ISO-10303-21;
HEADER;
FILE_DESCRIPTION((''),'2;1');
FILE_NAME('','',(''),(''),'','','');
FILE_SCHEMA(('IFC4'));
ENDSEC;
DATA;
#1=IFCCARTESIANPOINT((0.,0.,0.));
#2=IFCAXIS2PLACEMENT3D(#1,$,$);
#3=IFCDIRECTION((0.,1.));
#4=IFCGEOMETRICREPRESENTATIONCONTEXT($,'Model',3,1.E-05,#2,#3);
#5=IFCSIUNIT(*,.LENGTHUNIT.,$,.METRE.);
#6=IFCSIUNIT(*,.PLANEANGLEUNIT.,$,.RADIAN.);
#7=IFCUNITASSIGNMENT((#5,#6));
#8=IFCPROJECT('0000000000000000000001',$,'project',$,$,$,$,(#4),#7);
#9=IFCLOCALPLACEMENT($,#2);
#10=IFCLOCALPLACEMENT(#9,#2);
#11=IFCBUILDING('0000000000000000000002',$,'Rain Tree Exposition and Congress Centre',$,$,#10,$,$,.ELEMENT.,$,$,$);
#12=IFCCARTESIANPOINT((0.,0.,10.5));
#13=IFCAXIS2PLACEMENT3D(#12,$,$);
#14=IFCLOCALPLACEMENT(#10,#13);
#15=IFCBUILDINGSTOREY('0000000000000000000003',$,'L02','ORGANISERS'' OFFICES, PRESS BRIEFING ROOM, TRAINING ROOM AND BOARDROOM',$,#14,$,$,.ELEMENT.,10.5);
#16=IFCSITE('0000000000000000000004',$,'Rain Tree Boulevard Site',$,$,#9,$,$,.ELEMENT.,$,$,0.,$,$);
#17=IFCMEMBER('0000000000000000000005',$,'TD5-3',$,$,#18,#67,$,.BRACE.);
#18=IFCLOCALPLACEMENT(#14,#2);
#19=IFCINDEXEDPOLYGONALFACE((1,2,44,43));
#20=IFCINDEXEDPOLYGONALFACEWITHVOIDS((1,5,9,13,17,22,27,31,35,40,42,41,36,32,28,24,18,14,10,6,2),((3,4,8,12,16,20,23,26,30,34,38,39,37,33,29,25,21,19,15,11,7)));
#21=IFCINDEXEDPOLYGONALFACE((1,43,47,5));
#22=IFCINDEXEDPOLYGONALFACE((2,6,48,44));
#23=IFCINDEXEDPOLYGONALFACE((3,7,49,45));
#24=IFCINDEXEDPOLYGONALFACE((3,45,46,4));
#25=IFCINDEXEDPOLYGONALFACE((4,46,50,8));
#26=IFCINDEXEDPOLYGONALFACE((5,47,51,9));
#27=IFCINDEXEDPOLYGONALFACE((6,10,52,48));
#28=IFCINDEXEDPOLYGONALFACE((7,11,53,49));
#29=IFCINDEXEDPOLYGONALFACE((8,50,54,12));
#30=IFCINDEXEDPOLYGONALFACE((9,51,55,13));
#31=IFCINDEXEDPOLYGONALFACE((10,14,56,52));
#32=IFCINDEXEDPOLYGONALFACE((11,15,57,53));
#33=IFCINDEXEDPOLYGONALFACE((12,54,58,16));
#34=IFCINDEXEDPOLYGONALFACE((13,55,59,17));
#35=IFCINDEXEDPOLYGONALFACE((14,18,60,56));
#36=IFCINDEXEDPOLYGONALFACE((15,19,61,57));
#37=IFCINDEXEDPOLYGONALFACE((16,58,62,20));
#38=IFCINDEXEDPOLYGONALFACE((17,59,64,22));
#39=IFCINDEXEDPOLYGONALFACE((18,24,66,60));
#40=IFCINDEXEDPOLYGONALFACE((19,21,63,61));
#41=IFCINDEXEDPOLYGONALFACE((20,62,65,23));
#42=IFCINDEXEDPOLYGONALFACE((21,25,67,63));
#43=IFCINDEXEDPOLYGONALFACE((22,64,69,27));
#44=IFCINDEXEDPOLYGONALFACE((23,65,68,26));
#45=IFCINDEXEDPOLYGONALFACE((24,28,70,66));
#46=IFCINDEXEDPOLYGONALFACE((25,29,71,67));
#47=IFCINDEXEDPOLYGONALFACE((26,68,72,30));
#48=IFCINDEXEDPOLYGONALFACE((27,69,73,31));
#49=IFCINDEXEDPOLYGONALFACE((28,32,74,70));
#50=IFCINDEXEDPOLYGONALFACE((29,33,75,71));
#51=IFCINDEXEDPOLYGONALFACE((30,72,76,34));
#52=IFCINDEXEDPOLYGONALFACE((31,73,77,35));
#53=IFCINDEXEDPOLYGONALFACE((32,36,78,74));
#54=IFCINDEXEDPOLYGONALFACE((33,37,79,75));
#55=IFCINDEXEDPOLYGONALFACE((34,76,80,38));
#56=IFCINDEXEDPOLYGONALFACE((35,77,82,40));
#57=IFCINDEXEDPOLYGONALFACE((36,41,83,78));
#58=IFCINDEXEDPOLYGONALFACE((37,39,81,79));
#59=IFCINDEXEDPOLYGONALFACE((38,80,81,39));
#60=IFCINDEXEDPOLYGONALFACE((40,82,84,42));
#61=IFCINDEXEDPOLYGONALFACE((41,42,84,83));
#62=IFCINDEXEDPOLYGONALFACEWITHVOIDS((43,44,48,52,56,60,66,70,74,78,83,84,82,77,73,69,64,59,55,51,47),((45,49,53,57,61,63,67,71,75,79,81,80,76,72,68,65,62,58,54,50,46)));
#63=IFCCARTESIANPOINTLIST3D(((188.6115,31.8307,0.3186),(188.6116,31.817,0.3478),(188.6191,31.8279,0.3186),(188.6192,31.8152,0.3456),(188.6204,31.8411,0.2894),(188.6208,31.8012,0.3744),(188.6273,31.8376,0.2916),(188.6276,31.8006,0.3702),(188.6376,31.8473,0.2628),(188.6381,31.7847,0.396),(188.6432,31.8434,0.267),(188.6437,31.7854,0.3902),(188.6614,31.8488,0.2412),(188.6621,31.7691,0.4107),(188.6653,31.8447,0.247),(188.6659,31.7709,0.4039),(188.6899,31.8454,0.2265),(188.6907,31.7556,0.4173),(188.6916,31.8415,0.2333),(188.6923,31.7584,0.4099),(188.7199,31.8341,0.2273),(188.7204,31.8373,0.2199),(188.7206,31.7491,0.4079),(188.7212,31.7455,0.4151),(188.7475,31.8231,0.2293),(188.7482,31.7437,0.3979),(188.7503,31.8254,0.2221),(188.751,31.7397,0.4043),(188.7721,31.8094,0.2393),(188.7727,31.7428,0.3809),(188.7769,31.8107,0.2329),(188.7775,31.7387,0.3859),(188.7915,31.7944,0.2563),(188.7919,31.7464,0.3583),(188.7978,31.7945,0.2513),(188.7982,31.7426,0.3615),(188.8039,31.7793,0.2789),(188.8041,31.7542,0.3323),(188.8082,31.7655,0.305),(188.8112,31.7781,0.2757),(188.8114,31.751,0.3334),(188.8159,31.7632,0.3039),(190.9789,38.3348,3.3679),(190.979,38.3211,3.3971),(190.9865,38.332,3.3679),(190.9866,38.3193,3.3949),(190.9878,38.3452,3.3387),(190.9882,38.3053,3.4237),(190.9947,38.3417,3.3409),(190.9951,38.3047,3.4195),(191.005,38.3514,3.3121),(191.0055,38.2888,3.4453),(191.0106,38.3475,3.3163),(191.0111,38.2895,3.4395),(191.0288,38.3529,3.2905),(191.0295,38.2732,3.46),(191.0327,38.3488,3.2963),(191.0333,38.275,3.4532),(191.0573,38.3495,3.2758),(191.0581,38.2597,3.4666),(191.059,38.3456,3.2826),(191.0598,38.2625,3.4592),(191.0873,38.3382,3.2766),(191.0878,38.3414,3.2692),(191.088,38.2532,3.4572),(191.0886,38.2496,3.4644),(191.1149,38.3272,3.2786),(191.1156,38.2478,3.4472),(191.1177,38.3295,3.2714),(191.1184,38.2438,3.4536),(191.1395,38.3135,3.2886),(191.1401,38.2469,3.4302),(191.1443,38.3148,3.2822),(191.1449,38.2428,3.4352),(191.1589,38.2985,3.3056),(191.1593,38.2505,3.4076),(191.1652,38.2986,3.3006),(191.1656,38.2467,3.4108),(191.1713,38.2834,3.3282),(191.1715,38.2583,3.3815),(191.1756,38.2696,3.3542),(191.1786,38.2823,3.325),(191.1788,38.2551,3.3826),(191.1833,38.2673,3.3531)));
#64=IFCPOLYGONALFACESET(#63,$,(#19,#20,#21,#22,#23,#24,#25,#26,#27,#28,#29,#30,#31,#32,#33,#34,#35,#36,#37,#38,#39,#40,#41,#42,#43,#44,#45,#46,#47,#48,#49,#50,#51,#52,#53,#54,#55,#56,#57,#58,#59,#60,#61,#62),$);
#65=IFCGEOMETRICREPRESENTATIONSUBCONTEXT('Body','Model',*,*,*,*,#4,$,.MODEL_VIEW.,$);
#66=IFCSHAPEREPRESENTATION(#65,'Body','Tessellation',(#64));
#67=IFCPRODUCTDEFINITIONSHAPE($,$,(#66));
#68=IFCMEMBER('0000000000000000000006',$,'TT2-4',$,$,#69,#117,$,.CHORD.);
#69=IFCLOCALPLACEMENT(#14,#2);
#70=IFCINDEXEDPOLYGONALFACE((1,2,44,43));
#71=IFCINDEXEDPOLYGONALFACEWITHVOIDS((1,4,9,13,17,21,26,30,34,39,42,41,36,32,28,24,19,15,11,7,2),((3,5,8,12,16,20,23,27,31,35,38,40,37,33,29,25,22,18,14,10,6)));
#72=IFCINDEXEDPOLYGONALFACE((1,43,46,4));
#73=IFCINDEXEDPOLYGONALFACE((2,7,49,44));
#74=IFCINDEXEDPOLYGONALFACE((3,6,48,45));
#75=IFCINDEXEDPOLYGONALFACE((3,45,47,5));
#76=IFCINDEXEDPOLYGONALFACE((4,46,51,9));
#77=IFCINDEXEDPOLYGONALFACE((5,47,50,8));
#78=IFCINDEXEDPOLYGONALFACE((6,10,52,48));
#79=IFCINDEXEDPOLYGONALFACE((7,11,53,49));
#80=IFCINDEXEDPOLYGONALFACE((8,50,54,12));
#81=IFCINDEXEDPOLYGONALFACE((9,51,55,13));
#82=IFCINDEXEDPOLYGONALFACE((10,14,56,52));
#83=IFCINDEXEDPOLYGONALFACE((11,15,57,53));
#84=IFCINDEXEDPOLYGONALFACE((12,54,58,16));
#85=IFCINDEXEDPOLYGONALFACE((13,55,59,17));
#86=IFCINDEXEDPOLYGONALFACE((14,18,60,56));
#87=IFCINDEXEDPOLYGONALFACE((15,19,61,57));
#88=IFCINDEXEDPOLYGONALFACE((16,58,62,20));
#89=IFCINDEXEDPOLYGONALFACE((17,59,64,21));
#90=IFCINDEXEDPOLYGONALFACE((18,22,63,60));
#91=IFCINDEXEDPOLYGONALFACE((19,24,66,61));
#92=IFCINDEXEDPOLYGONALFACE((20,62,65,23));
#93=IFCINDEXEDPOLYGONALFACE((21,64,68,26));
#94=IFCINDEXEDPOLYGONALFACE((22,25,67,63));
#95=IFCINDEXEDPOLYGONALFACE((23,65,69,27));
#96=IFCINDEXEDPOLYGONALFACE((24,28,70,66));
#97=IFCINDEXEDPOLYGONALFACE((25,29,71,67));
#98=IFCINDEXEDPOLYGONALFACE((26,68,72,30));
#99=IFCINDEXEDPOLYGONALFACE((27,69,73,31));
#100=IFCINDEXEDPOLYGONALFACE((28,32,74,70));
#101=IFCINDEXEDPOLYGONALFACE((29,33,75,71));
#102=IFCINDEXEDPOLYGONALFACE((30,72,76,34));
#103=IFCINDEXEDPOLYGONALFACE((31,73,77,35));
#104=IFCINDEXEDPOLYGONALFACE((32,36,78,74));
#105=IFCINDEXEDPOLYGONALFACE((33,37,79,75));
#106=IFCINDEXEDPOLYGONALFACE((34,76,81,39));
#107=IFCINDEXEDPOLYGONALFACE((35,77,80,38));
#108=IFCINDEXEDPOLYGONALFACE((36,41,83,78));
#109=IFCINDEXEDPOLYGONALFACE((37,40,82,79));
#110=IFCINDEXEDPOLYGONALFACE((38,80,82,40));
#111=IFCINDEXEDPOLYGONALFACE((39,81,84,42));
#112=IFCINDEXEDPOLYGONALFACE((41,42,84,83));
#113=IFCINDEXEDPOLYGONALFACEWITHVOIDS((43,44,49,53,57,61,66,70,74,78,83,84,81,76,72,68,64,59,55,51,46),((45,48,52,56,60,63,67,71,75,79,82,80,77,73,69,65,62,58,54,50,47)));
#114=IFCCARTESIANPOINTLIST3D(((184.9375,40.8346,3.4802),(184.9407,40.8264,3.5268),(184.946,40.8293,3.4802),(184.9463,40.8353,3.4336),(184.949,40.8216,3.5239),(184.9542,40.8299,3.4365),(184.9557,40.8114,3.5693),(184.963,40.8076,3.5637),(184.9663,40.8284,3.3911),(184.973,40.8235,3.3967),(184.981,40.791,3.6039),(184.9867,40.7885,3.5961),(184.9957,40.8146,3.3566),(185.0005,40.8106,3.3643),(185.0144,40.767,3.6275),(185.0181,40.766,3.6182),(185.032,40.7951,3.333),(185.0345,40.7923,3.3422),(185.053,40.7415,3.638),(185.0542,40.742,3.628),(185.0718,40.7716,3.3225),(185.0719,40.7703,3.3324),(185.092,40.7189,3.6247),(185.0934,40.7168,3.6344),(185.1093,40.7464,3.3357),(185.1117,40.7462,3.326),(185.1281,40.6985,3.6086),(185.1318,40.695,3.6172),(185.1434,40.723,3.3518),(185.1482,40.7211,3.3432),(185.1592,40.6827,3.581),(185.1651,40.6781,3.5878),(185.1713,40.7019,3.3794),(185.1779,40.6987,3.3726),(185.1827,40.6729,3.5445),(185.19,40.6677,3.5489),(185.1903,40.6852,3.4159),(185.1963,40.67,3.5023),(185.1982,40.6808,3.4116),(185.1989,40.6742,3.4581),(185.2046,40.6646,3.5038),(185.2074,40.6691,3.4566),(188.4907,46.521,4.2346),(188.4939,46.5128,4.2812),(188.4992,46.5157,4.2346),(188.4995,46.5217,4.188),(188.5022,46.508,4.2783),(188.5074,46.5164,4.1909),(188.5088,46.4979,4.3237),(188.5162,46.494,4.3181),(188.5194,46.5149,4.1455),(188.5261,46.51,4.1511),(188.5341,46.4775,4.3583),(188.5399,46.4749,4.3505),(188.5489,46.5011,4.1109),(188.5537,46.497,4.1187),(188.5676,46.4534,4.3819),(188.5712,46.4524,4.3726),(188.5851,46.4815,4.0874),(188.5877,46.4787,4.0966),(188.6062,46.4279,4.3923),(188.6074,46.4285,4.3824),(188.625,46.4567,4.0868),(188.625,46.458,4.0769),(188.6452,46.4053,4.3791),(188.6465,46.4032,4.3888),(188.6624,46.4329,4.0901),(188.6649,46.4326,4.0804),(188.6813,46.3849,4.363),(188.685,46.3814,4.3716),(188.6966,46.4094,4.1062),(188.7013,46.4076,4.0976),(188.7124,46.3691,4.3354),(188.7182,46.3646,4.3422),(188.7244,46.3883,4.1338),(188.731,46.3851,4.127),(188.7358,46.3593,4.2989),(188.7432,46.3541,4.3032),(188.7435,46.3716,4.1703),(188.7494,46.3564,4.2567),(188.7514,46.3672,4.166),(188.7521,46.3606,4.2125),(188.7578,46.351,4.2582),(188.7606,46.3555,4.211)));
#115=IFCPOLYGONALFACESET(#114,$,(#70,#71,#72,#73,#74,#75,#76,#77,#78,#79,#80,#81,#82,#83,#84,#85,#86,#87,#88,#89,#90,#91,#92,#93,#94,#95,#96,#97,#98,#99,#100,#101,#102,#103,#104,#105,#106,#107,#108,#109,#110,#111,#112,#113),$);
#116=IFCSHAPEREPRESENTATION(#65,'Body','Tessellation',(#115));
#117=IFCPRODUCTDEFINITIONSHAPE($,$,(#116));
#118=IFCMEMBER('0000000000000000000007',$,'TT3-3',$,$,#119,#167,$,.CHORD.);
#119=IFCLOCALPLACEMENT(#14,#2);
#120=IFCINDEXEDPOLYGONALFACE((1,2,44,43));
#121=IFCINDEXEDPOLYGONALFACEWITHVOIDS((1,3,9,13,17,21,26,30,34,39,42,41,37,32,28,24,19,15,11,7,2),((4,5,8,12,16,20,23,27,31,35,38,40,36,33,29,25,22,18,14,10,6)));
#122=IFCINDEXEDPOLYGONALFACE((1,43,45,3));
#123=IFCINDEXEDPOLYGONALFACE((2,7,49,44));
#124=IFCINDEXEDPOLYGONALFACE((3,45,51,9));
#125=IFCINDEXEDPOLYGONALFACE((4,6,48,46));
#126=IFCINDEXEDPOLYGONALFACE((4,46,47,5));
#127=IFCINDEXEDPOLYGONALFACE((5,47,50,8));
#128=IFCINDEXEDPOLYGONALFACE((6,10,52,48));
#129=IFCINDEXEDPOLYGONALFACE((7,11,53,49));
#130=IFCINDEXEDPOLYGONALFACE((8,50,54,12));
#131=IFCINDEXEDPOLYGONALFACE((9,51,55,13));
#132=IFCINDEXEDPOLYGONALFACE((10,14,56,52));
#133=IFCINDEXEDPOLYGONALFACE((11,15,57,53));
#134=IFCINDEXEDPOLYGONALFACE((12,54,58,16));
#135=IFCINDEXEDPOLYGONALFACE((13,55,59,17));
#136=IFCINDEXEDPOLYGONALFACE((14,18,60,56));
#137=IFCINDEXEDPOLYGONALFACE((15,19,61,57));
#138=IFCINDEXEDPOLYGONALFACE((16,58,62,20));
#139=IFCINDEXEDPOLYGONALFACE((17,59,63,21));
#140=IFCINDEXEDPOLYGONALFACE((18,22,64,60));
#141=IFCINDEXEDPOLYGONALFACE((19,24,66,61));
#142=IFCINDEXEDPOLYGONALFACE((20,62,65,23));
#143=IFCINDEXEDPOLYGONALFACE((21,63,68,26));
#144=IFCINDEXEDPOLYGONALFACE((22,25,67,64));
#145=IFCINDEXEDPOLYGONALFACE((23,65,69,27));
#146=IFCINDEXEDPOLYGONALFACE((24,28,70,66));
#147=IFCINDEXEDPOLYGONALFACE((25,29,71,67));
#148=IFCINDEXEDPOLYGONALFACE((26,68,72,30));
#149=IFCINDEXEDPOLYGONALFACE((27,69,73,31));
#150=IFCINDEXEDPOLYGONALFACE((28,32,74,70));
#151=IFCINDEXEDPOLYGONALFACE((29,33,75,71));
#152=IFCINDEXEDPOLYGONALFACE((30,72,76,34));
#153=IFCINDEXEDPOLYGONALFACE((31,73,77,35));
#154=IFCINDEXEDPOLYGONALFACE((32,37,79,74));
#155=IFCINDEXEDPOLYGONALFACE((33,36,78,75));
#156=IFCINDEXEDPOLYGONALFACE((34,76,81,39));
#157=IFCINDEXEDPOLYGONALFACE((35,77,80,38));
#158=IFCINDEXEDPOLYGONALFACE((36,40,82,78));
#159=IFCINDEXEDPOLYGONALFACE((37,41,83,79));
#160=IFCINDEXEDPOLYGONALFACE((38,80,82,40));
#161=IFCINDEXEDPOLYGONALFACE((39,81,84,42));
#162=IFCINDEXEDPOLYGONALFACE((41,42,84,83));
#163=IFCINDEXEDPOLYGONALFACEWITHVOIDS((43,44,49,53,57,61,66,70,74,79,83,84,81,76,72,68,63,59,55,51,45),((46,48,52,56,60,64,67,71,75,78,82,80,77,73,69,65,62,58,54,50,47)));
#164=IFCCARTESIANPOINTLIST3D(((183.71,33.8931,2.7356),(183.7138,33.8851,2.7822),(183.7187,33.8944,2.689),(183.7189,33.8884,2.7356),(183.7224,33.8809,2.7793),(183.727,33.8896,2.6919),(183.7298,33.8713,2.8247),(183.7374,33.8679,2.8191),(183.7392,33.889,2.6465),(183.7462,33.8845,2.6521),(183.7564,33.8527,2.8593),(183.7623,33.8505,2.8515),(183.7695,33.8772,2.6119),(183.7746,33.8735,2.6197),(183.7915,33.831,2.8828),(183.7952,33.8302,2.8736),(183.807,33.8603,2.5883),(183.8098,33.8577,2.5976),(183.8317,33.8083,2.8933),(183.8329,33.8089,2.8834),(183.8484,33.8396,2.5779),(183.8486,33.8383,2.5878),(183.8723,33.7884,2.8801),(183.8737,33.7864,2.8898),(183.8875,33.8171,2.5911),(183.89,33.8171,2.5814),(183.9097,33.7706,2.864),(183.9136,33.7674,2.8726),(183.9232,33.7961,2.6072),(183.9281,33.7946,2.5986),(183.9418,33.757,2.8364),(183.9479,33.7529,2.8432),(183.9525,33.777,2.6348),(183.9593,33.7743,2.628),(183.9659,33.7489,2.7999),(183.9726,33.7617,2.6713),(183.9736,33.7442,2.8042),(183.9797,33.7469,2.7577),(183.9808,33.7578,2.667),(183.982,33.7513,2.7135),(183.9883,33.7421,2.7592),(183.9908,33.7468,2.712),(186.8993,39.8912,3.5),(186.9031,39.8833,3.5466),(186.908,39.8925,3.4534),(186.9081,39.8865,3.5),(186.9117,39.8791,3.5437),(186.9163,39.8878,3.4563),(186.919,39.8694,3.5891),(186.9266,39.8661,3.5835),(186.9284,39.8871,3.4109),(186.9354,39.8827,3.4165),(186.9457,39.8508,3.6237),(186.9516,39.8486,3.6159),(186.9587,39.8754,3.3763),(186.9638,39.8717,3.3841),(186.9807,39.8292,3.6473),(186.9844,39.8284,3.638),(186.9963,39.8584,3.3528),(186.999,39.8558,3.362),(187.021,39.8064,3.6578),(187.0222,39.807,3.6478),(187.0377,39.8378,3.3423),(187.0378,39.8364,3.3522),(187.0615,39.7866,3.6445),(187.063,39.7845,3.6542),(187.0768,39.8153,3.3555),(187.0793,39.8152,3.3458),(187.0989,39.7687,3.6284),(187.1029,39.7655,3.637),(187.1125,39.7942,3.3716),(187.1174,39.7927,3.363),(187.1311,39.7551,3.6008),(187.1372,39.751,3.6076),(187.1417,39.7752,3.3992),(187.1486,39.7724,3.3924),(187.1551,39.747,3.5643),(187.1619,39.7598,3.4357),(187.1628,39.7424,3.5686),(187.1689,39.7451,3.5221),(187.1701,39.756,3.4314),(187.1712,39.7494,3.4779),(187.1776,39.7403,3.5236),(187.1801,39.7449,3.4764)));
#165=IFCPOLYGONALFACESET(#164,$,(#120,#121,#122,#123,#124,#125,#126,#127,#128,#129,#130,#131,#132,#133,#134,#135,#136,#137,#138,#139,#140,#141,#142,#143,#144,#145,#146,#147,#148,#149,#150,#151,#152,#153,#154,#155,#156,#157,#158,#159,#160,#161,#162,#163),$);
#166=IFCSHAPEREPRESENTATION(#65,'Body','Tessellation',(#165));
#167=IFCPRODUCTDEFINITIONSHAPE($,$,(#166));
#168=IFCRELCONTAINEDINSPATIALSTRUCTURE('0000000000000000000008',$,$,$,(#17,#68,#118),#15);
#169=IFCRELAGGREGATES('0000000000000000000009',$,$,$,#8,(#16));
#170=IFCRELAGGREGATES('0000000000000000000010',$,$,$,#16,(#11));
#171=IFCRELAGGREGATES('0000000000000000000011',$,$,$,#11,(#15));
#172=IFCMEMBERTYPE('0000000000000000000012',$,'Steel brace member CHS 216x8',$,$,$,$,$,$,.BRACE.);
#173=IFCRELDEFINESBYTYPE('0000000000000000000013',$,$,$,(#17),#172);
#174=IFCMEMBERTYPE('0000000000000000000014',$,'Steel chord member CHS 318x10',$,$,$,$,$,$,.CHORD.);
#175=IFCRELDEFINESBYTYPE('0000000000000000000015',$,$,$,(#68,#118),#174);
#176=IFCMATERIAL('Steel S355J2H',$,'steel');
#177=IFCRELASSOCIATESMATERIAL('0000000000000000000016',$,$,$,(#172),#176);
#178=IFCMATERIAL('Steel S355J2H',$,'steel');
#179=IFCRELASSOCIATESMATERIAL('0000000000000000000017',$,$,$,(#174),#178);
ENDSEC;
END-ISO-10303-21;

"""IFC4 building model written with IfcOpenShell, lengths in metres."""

from ifc_helpers import new_model, si_unit, direction, frame, origin, origin_2d, place, context, subcontext, project, spatial, hollow_circle, extrude, material, material_profile, profile_set, type_object, element, save


model = new_model("IFC4")

# Units and contexts
model_context = context("Model", 3, precision=1e-05, world=origin(), true_north=direction((0.0, 1.0)))
body_context = subcontext(model_context, "Body", "Model", "MODEL_VIEW")
ifc_project = project(units=[si_unit("LENGTHUNIT", "METRE"), si_unit("PLANEANGLEUNIT", "RADIAN")], contexts=[model_context])

# Site, building, storey
site_placement = place(None, origin())
site = spatial("IfcSite", under=ifc_project, at=site_placement, Name="Rain Tree Boulevard Site", CompositionType="ELEMENT", RefElevation=0.0)
building_placement = place(site_placement, origin())
building = spatial("IfcBuilding", under=site, at=building_placement, Name="Rain Tree Exposition and Congress Centre", CompositionType="ELEMENT")
storey_placement = place(building_placement, frame((0.0, 0.0, 10.5)))
storey = spatial("IfcBuildingStorey", under=building, at=storey_placement, Name="L02", Description="ORGANISERS' OFFICES, PRESS BRIEFING ROOM, TRAINING ROOM AND BOARDROOM", CompositionType="ELEMENT", Elevation=10.5)

# Members
ifc_material_1 = material(Name="Steel S355J2H", Category="steel")
ifc_material_profile_1 = material_profile(ifc_material_1, hollow_circle(Radius=0.1082, WallThickness=0.0081, at=origin_2d()), Name="CHS 216x8")
ifc_profile_set_1 = profile_set([ifc_material_profile_1], Name="Steel S355J2H")
member_type_1 = type_object("IfcMemberType", Name="Steel brace member CHS 216x8", PredefinedType="BRACE", material=ifc_profile_set_1)
member_1_placement = place(storey_placement, frame((188.7131, 31.7937, 0.3186), z_axis=(0.313006, 0.859935, 0.40316), x_axis=(-0.939687, 0.342035, 0.0)))
element("IfcMember", 1, at=member_1_placement, inside=storey, type_object=member_type_1, Name="TD5-3", PredefinedType="BRACE", context=body_context, shape_type="SweptSolid", body=[
    extrude(hollow_circle(Radius=0.1082, WallThickness=0.0081, at=origin_2d()), origin(), (0.0, 0.0, 1.0), 7.5635),
])
ifc_material_2 = material(Name="Steel S355J2H", Category="steel")
ifc_material_profile_2 = material_profile(ifc_material_2, hollow_circle(Radius=0.1592, WallThickness=0.01, at=origin_2d()), Name="CHS 318x10")
ifc_profile_set_2 = profile_set([ifc_material_profile_2], Name="Steel S355J2H")
member_type_2 = type_object("IfcMemberType", Name="Steel chord member CHS 318x10", PredefinedType="CHORD", material=ifc_profile_set_2)
member_2_placement = place(storey_placement, frame((185.0725, 40.7502, 3.4802), z_axis=(0.526585, 0.842739, 0.111801), x_axis=(-0.848056, 0.529907, 0.0)))
element("IfcMember", 2, at=member_2_placement, inside=storey, type_object=member_type_2, Name="TT2-4", PredefinedType="CHORD", context=body_context, shape_type="SweptSolid", body=[
    extrude(hollow_circle(Radius=0.1592, WallThickness=0.01, at=origin_2d()), origin(), (0.0, 0.0, 1.0), 6.7476),
])
member_3_placement = place(storey_placement, frame((183.8506, 33.8184, 2.7356), z_axis=(0.466526, 0.877411, 0.111819), x_axis=(-0.882948, 0.469471, 0.0)))
element("IfcMember", 3, at=member_3_placement, inside=storey, type_object=member_type_2, Name="TT3-3", PredefinedType="CHORD", context=body_context, shape_type="SweptSolid", body=[
    extrude(hollow_circle(Radius=0.1592, WallThickness=0.01, at=origin_2d()), origin(), (0.0, 0.0, 1.0), 6.8362),
])

save(model, "model.ifc")
